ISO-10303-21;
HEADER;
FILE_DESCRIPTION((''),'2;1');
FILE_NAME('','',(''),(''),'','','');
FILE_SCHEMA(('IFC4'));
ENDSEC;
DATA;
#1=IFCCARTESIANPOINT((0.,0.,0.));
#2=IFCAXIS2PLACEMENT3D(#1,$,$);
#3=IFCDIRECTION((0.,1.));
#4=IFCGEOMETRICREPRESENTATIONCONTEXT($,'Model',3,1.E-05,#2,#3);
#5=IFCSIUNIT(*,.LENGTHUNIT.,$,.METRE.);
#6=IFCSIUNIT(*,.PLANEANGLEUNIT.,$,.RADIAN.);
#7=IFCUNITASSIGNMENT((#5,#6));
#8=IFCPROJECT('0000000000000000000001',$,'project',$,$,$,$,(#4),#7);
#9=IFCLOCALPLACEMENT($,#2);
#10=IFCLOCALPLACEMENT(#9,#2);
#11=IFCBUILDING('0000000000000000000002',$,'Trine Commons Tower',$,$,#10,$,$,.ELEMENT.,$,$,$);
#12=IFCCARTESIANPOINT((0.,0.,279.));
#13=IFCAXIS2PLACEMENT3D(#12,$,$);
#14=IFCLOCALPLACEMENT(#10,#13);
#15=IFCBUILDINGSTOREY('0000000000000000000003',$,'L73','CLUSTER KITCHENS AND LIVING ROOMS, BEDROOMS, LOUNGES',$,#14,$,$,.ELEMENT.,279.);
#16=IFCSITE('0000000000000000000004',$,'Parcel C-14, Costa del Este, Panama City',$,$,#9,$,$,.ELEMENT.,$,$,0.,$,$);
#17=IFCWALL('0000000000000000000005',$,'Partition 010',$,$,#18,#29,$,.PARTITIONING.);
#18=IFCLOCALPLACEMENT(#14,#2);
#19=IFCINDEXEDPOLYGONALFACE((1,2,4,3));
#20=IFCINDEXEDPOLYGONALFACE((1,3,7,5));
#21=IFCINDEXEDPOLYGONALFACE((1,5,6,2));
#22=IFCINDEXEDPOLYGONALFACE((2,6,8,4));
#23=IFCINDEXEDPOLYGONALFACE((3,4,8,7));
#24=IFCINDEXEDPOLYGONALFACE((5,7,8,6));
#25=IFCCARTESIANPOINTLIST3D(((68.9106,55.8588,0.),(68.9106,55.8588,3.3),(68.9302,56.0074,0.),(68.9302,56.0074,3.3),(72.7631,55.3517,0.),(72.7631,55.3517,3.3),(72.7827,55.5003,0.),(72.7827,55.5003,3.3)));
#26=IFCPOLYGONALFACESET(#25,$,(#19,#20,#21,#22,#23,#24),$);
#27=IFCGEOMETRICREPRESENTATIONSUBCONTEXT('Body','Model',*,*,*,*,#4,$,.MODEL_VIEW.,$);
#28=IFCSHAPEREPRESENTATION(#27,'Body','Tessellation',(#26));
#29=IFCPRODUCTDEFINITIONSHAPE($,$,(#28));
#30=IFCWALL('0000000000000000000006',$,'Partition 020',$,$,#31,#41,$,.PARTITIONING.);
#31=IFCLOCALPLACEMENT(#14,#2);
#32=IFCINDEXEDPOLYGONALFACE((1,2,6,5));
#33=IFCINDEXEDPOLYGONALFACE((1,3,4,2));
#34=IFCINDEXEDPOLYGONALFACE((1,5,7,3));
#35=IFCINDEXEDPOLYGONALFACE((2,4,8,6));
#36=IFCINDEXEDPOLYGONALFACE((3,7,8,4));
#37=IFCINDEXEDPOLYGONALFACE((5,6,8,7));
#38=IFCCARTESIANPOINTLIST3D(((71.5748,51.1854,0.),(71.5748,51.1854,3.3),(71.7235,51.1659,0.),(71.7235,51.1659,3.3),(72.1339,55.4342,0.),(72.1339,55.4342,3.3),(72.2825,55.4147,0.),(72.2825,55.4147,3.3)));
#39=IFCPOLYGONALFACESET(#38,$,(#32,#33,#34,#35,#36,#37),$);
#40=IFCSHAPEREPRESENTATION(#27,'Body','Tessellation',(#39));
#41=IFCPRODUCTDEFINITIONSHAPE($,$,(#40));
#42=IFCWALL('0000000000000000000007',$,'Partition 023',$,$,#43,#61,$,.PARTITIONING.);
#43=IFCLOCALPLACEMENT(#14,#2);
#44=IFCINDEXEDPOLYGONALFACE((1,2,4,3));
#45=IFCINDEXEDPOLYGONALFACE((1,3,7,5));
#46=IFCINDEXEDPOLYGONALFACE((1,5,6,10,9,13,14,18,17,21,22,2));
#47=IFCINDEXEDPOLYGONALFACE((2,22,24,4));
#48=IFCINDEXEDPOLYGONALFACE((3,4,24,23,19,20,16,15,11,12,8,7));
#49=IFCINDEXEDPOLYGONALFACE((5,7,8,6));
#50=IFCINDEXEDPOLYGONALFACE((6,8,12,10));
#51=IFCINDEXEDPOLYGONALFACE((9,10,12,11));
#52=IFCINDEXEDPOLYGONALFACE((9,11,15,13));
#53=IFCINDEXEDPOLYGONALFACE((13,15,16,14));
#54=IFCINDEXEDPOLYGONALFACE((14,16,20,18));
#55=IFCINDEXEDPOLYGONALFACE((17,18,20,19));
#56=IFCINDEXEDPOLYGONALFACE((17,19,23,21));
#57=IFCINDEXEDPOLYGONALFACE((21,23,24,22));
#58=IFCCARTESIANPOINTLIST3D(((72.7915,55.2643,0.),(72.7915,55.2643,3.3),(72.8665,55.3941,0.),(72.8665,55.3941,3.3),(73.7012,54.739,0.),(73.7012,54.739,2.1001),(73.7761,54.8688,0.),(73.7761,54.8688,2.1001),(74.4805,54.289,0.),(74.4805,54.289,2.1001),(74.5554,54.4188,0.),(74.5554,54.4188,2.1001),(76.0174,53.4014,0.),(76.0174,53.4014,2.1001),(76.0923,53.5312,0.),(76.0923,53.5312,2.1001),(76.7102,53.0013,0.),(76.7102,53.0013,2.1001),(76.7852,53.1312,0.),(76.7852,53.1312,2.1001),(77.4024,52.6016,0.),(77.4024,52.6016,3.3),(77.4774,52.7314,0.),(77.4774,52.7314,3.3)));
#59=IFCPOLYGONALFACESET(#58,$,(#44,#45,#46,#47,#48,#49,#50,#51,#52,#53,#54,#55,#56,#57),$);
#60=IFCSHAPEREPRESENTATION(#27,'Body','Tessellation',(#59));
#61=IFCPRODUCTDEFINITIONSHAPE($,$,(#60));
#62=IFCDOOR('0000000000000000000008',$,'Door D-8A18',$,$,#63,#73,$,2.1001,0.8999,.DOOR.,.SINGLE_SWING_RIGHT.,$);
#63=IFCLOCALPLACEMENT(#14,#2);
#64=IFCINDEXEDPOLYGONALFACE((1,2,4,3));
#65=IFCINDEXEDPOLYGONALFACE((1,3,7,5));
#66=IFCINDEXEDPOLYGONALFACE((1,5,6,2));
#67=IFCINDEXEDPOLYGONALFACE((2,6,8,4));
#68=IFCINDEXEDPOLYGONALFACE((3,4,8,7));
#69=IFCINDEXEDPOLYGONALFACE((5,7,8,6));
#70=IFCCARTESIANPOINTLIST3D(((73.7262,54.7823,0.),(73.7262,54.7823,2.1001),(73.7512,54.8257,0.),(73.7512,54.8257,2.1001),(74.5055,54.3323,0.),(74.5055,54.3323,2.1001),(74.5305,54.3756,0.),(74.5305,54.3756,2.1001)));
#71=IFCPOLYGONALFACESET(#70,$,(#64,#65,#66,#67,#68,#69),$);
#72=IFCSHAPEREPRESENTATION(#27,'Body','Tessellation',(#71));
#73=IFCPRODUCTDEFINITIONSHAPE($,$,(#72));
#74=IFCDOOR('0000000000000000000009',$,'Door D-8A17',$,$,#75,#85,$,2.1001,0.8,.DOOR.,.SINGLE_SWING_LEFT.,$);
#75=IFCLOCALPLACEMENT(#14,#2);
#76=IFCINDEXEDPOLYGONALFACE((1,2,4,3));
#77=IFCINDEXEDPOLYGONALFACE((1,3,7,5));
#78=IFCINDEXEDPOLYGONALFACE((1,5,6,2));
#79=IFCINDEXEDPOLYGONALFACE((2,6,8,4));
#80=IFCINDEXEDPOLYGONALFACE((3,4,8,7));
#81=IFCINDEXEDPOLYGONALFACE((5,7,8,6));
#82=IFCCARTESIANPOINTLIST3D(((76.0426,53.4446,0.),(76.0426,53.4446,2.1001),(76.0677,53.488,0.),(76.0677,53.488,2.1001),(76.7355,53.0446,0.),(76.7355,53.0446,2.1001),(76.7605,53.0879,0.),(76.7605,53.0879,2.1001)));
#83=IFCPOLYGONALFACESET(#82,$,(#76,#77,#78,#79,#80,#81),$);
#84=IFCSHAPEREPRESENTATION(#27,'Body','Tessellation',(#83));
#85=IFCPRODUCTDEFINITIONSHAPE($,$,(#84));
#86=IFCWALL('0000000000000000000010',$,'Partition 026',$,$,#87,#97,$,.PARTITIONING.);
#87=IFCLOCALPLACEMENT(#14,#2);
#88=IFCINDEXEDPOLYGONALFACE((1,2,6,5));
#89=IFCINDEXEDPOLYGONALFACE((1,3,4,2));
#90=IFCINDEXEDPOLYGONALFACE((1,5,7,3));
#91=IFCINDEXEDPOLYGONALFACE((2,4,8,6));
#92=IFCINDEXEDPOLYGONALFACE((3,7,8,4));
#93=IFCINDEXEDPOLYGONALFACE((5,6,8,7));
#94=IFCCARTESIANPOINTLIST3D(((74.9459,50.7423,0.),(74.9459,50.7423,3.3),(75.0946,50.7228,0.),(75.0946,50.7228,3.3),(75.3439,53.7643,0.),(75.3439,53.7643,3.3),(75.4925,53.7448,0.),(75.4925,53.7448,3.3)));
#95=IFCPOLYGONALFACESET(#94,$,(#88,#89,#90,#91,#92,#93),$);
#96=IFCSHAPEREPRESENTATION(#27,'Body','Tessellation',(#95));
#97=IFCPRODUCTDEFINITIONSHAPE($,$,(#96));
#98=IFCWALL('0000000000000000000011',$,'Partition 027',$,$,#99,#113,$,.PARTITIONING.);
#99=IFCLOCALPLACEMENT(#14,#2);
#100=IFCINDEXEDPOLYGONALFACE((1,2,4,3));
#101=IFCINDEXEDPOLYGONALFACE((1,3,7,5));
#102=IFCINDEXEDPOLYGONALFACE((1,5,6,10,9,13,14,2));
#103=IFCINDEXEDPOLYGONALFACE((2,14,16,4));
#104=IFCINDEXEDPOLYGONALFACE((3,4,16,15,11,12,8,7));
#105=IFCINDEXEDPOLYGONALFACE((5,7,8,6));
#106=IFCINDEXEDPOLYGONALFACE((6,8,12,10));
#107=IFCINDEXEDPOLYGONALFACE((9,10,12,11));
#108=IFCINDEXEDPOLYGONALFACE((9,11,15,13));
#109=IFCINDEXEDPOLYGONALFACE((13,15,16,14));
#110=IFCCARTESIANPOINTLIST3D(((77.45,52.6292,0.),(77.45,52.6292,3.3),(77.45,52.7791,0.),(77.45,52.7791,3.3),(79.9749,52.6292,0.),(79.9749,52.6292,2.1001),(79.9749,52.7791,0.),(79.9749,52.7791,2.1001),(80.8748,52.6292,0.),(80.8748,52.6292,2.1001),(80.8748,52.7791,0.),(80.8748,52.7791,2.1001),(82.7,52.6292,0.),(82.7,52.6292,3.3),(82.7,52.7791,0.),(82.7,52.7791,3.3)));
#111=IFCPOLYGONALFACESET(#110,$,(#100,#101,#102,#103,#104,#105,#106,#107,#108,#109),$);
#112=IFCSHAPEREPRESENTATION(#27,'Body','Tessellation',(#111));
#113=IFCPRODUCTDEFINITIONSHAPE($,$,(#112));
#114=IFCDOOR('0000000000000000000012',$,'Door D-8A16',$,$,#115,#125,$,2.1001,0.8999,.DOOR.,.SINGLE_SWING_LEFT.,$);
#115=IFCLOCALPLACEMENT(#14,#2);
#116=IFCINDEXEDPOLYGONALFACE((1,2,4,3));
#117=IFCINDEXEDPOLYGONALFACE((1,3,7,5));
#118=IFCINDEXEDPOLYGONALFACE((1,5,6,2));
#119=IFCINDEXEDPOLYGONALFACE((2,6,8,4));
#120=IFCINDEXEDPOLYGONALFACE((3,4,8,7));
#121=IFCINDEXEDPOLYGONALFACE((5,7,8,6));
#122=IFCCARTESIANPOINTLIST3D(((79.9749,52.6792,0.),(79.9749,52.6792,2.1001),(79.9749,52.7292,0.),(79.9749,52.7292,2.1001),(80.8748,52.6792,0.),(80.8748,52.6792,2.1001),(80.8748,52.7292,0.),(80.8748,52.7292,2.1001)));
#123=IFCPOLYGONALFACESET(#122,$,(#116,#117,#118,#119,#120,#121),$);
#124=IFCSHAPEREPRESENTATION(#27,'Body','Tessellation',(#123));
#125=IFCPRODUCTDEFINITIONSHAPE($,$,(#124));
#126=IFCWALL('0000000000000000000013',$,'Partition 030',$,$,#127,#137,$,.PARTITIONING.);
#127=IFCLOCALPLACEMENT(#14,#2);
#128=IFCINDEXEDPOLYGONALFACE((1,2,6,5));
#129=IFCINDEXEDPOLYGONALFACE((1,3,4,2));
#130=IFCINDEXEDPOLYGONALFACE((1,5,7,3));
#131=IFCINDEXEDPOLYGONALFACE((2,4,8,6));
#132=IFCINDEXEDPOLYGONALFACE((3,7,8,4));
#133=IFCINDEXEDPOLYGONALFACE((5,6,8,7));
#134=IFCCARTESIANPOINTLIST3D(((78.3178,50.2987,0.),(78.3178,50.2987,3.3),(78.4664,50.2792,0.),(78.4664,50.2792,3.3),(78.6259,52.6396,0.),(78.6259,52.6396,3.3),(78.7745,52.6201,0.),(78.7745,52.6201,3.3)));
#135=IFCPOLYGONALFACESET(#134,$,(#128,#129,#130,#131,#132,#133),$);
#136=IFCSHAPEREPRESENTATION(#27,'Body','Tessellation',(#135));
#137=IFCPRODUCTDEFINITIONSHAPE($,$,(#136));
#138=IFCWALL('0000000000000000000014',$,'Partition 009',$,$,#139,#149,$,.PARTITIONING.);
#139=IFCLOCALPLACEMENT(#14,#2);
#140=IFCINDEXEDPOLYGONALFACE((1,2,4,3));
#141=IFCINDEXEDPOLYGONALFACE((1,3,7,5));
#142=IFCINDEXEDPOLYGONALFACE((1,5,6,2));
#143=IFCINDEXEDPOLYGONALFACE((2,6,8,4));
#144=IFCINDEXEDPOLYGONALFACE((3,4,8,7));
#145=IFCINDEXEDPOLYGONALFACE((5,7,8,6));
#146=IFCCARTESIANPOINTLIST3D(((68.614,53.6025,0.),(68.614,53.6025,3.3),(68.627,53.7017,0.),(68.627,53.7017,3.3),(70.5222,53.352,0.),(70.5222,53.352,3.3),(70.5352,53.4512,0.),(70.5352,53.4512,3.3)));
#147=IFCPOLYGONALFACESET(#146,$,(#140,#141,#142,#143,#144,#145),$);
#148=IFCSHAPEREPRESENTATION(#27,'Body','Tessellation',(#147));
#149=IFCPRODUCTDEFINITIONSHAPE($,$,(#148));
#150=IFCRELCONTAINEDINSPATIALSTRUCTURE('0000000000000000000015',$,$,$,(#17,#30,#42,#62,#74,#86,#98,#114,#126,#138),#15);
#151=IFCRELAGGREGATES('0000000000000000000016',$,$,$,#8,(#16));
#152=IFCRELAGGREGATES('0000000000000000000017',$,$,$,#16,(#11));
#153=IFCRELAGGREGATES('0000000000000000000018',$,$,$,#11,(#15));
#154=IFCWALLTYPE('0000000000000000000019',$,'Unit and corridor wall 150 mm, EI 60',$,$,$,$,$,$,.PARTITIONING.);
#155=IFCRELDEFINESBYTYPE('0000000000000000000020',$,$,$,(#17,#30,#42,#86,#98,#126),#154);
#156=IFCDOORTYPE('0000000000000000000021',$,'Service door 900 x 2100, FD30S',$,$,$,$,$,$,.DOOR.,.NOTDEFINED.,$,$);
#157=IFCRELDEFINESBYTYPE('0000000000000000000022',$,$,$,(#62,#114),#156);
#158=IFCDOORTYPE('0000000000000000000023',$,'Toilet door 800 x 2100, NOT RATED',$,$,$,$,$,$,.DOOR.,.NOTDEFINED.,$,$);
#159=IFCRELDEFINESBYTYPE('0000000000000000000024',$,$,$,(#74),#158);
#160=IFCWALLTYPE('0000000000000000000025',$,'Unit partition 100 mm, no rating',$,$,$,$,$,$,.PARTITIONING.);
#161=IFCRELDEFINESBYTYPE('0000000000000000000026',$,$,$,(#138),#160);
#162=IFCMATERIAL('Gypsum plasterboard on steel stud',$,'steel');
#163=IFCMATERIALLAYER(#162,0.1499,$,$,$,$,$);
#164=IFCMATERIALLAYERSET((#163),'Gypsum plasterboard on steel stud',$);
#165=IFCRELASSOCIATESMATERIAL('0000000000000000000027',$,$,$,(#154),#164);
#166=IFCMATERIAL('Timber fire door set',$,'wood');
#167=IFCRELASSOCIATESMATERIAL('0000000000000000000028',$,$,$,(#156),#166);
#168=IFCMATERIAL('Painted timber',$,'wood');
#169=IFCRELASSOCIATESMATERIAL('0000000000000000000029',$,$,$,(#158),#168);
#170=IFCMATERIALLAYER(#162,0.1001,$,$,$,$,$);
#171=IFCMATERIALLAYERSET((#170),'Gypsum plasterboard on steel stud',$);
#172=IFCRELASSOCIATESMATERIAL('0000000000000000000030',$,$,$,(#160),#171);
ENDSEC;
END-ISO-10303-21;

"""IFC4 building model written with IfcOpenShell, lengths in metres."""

from ifc_helpers import new_model, si_unit, direction, frame, frame_2d, origin, place, context, subcontext, project, spatial, rectangle, extrude, material, layer, layer_set, type_object, element, fill, save


model = new_model("IFC4")

# Units and contexts
model_context = context("Model", 3, precision=1e-05, world=origin(), true_north=direction((0.0, 1.0)))
body_context = subcontext(model_context, "Body", "Model", "MODEL_VIEW")
ifc_project = project(units=[si_unit("LENGTHUNIT", "METRE"), si_unit("PLANEANGLEUNIT", "RADIAN")], contexts=[model_context])

# Site, building, storey
site_placement = place(None, origin())
site = spatial("IfcSite", under=ifc_project, at=site_placement, Name="Parcel C-14, Costa del Este, Panama City", CompositionType="ELEMENT", RefElevation=0.0)
building_placement = place(site_placement, origin())
building = spatial("IfcBuilding", under=site, at=building_placement, Name="Trine Commons Tower", CompositionType="ELEMENT")
storey_placement = place(building_placement, frame((0.0, 0.0, 279.0)))
storey = spatial("IfcBuildingStorey", under=building, at=storey_placement, Name="L73", Description="CLUSTER KITCHENS AND LIVING ROOMS, BEDROOMS, LOUNGES", CompositionType="ELEMENT", Elevation=279.0)

# Shared definitions
ifc_material_1 = material(Name="Gypsum plasterboard on steel stud", Category="steel")
ifc_layer_1 = layer(ifc_material_1, 0.1499)
ifc_layer_set_1 = layer_set([ifc_layer_1], Name="Gypsum plasterboard on steel stud")
wall_type_1 = type_object("IfcWallType", Name="Unit and corridor wall 150 mm, EI 60", PredefinedType="PARTITIONING", material=ifc_layer_set_1)
ifc_material_2 = material(Name="Timber fire door set", Category="wood")

# Walls
wall_1_placement = place(storey_placement, frame((68.9204, 55.9331, 0.0), z_axis=(0.0, 0.0, 1.0), x_axis=(0.991449, -0.130497, 0.0)))
element("IfcWall", 1, at=wall_1_placement, inside=storey, type_object=wall_type_1, Name="Partition 010", PredefinedType="PARTITIONING", context=body_context, shape_type="SweptSolid", body=[
    extrude(rectangle(XDim=3.8857, YDim=0.1499, at=frame_2d((1.9429, 0.0))), origin(), (0.0, 0.0, 1.0), 3.3),
])
wall_2_placement = place(storey_placement, frame((71.6492, 51.1758, 0.0), z_axis=(0.0, 0.0, 1.0), x_axis=(0.130462, 0.991453, 0.0)))
element("IfcWall", 2, at=wall_2_placement, inside=storey, type_object=wall_type_1, Name="Partition 020", PredefinedType="PARTITIONING", context=body_context, shape_type="SweptSolid", body=[
    extrude(rectangle(XDim=4.2854, YDim=0.1499, at=frame_2d((2.1426, 0.0))), origin(), (0.0, 0.0, 1.0), 3.3),
])

# Wall, openings, doors
wall_3_placement = place(storey_placement, frame((72.8291, 55.3291, 0.0), z_axis=(0.0, 0.0, 1.0), x_axis=(0.865982, -0.500074, 0.0)))
wall_3 = element("IfcWall", 3, at=wall_3_placement, inside=storey, type_object=wall_type_1, Name="Partition 023", PredefinedType="PARTITIONING", context=body_context, shape_type="SweptSolid", body=[
    extrude(rectangle(XDim=5.3245, YDim=0.1499, at=frame_2d((2.6621, 0.0))), origin(), (0.0, 0.0, 1.0), 3.3),
])
opening_1_placement = place(wall_3_placement, frame((3.7251, 0.0, 0.0)))
opening_1 = element("IfcOpeningElement", 4, at=opening_1_placement, cuts=wall_3, PredefinedType="OPENING", context=body_context, shape_type="SweptSolid", body=[
    extrude(rectangle(XDim=0.8, YDim=2.1001, at=frame_2d((0.3999, 1.05))), frame((0.0, 0.085, 0.0), z_axis=(0.0, -1.0, 0.0), x_axis=(1.0, 0.0, 0.0)), (0.0, 0.0, 1.0), 0.1699),
])
opening_2_placement = place(wall_3_placement, frame((1.0503, 0.0, 0.0)))
opening_2 = element("IfcOpeningElement", 5, at=opening_2_placement, cuts=wall_3, PredefinedType="OPENING", context=body_context, shape_type="SweptSolid", body=[
    extrude(rectangle(XDim=0.8999, YDim=2.1001, at=frame_2d((0.45, 1.05))), frame((0.0, 0.085, 0.0), z_axis=(0.0, -1.0, 0.0), x_axis=(1.0, 0.0, 0.0)), (0.0, 0.0, 1.0), 0.1699),
])
door_type_1 = type_object("IfcDoorType", Name="Service door 900 x 2100, FD30S", OperationType="NOTDEFINED", PredefinedType="DOOR", material=ifc_material_2)
door_1_placement = place(opening_2_placement, frame((0.8999, 0.0, 0.0), z_axis=(0.0, 0.0, 1.0), x_axis=(-1.0, 0.0, 0.0)))
door_1 = element("IfcDoor", 6, at=door_1_placement, inside=storey, type_object=door_type_1, Name="Door D-8A18", OperationType="SINGLE_SWING_RIGHT", OverallHeight=2.1001, OverallWidth=0.8999, PredefinedType="DOOR", context=body_context, shape_type="SweptSolid", body=[
    extrude(rectangle(XDim=0.8999, YDim=2.1001, at=frame_2d((0.45, 1.05))), frame((0.0, 0.0249, 0.0), z_axis=(0.0, -1.0, 0.0), x_axis=(1.0, 0.0, 0.0)), (0.0, 0.0, 1.0), 0.05),
])
fill(opening_2, door_1)
ifc_material_3 = material(Name="Painted timber", Category="wood")
door_type_2 = type_object("IfcDoorType", Name="Toilet door 800 x 2100, NOT RATED", OperationType="NOTDEFINED", PredefinedType="DOOR", material=ifc_material_3)
door_2_placement = place(opening_1_placement, frame((0.8, 0.0, 0.0), z_axis=(0.0, 0.0, 1.0), x_axis=(-1.0, 0.0, 0.0)))
door_2 = element("IfcDoor", 7, at=door_2_placement, inside=storey, type_object=door_type_2, Name="Door D-8A17", OperationType="SINGLE_SWING_LEFT", OverallHeight=2.1001, OverallWidth=0.8, PredefinedType="DOOR", context=body_context, shape_type="SweptSolid", body=[
    extrude(rectangle(XDim=0.8, YDim=2.1001, at=frame_2d((0.3999, 1.05))), frame((0.0, 0.0249, 0.0), z_axis=(0.0, -1.0, 0.0), x_axis=(1.0, 0.0, 0.0)), (0.0, 0.0, 1.0), 0.05),
])
fill(opening_1, door_2)

# Wall
wall_4_placement = place(storey_placement, frame((75.0203, 50.7327, 0.0), z_axis=(0.0, 0.0, 1.0), x_axis=(0.130558, 0.991441, 0.0)))
element("IfcWall", 8, at=wall_4_placement, inside=storey, type_object=wall_type_1, Name="Partition 026", PredefinedType="PARTITIONING", context=body_context, shape_type="SweptSolid", body=[
    extrude(rectangle(XDim=3.0481, YDim=0.1499, at=frame_2d((1.5239, 0.0))), origin(), (0.0, 0.0, 1.0), 3.3),
])

# Wall, opening, door
wall_5_placement = place(storey_placement, frame((77.45, 52.7041, 0.0), z_axis=(0.0, 0.0, 1.0), x_axis=(1.0, 0.0, 0.0)))
wall_5 = element("IfcWall", 9, at=wall_5_placement, inside=storey, type_object=wall_type_1, Name="Partition 027", PredefinedType="PARTITIONING", context=body_context, shape_type="SweptSolid", body=[
    extrude(rectangle(XDim=5.25, YDim=0.1499, at=frame_2d((2.625, 0.0))), origin(), (0.0, 0.0, 1.0), 3.3),
])
opening_3_placement = place(wall_5_placement, frame((2.5249, 0.0, 0.0)))
opening_3 = element("IfcOpeningElement", 10, at=opening_3_placement, cuts=wall_5, PredefinedType="OPENING", context=body_context, shape_type="SweptSolid", body=[
    extrude(rectangle(XDim=0.8999, YDim=2.1001, at=frame_2d((0.45, 1.05))), frame((0.0, 0.085, 0.0), z_axis=(0.0, -1.0, 0.0), x_axis=(1.0, 0.0, 0.0)), (0.0, 0.0, 1.0), 0.1699),
])
door_3_placement = place(opening_3_placement, frame((0.8999, 0.0, 0.0), z_axis=(0.0, 0.0, 1.0), x_axis=(-1.0, 0.0, 0.0)))
door_3 = element("IfcDoor", 11, at=door_3_placement, inside=storey, type_object=door_type_1, Name="Door D-8A16", OperationType="SINGLE_SWING_LEFT", OverallHeight=2.1001, OverallWidth=0.8999, PredefinedType="DOOR", context=body_context, shape_type="SweptSolid", body=[
    extrude(rectangle(XDim=0.8999, YDim=2.1001, at=frame_2d((0.45, 1.05))), frame((0.0, 0.0249, 0.0), z_axis=(0.0, -1.0, 0.0), x_axis=(1.0, 0.0, 0.0)), (0.0, 0.0, 1.0), 0.05),
])
fill(opening_3, door_3)

# Walls
wall_6_placement = place(storey_placement, frame((78.3921, 50.2888, 0.0), z_axis=(0.0, 0.0, 1.0), x_axis=(0.130497, 0.991449, 0.0)))
element("IfcWall", 12, at=wall_6_placement, inside=storey, type_object=wall_type_1, Name="Partition 030", PredefinedType="PARTITIONING", context=body_context, shape_type="SweptSolid", body=[
    extrude(rectangle(XDim=2.3611, YDim=0.1499, at=frame_2d((1.1807, 0.0))), origin(), (0.0, 0.0, 1.0), 3.3),
])
ifc_layer_2 = layer(ifc_material_1, 0.1001)
ifc_layer_set_2 = layer_set([ifc_layer_2], Name="Gypsum plasterboard on steel stud")
wall_type_2 = type_object("IfcWallType", Name="Unit partition 100 mm, no rating", PredefinedType="PARTITIONING", material=ifc_layer_set_2)
wall_7_placement = place(storey_placement, frame((68.6204, 53.6521, 0.0), z_axis=(0.0, 0.0, 1.0), x_axis=(0.991494, -0.130153, 0.0)))
element("IfcWall", 13, at=wall_7_placement, inside=storey, type_object=wall_type_2, Name="Partition 009", PredefinedType="PARTITIONING", context=body_context, shape_type="SweptSolid", body=[
    extrude(rectangle(XDim=1.9246, YDim=0.1001, at=frame_2d((0.9624, 0.0))), origin(), (0.0, 0.0, 1.0), 3.3),
])

save(model, "model.ifc")
